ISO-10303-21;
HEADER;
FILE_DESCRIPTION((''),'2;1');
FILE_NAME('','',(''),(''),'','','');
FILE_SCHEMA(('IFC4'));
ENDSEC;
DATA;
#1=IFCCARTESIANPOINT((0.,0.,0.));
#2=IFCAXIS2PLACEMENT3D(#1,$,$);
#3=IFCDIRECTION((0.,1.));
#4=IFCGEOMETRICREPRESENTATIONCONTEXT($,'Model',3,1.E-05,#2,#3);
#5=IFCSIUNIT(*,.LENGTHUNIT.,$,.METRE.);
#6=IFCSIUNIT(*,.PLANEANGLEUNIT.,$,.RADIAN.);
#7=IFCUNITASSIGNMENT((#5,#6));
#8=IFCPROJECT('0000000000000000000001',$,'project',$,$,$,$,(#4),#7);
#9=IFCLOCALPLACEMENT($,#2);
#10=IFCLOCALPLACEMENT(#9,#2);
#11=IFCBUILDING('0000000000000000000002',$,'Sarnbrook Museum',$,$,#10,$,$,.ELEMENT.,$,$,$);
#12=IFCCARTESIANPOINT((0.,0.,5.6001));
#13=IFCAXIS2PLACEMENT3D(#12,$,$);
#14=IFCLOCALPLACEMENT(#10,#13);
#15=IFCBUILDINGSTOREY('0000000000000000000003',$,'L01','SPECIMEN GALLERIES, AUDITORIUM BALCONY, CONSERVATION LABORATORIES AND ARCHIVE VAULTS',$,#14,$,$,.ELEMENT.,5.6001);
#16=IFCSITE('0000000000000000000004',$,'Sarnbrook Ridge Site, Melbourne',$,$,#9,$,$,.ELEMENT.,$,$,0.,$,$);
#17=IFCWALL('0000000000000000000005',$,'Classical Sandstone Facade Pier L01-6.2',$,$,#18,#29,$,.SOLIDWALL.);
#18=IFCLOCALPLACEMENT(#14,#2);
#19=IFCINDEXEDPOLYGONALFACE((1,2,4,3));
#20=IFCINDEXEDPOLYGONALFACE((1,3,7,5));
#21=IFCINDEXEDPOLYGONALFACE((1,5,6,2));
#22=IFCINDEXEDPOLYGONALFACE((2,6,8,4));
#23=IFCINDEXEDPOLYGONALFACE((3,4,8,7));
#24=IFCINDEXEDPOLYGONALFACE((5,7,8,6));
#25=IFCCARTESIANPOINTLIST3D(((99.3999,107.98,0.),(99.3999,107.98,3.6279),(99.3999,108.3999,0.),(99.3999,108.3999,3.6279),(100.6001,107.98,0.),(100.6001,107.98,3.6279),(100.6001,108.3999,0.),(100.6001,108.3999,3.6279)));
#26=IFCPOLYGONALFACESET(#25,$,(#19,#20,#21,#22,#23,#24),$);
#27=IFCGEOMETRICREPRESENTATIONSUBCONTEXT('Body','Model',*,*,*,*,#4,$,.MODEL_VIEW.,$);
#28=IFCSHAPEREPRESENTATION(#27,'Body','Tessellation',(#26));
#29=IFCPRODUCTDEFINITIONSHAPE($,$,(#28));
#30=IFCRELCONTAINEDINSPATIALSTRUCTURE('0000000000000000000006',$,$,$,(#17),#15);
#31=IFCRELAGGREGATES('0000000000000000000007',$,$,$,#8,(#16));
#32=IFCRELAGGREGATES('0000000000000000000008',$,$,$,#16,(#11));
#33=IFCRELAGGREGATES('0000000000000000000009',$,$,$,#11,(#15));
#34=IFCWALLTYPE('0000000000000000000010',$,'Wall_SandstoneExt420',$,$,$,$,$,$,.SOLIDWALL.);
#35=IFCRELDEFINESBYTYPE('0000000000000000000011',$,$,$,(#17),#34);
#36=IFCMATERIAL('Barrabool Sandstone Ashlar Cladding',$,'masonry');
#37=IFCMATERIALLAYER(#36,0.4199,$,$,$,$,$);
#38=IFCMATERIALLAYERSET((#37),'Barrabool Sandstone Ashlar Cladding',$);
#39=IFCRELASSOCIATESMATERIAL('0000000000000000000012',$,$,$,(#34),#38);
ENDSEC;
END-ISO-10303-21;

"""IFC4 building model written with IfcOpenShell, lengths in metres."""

from ifc_helpers import new_model, si_unit, direction, frame, frame_2d, origin, place, context, subcontext, project, spatial, rectangle, extrude, material, layer, layer_set, type_object, element, save


model = new_model("IFC4")

# Units and contexts
model_context = context("Model", 3, precision=1e-05, world=origin(), true_north=direction((0.0, 1.0)))
body_context = subcontext(model_context, "Body", "Model", "MODEL_VIEW")
ifc_project = project(units=[si_unit("LENGTHUNIT", "METRE"), si_unit("PLANEANGLEUNIT", "RADIAN")], contexts=[model_context])

# Site, building, storey
site_placement = place(None, origin())
site = spatial("IfcSite", under=ifc_project, at=site_placement, Name="Sarnbrook Ridge Site, Melbourne", CompositionType="ELEMENT", RefElevation=0.0)
building_placement = place(site_placement, origin())
building = spatial("IfcBuilding", under=site, at=building_placement, Name="Sarnbrook Museum", CompositionType="ELEMENT")
storey_placement = place(building_placement, frame((0.0, 0.0, 5.6001)))
storey = spatial("IfcBuildingStorey", under=building, at=storey_placement, Name="L01", Description="SPECIMEN GALLERIES, AUDITORIUM BALCONY, CONSERVATION LABORATORIES AND ARCHIVE VAULTS", CompositionType="ELEMENT", Elevation=5.6001)

# Wall
ifc_material_1 = material(Name="Barrabool Sandstone Ashlar Cladding", Category="masonry")
ifc_layer_1 = layer(ifc_material_1, 0.4199)
ifc_layer_set_1 = layer_set([ifc_layer_1], Name="Barrabool Sandstone Ashlar Cladding")
wall_type_1 = type_object("IfcWallType", Name="Wall_SandstoneExt420", PredefinedType="SOLIDWALL", material=ifc_layer_set_1)
wall_1_placement = place(storey_placement, frame((100.6001, 108.1899, 0.0), z_axis=(0.0, 0.0, 1.0), x_axis=(-1.0, 0.0, 0.0)))
element("IfcWall", 1, at=wall_1_placement, inside=storey, type_object=wall_type_1, Name="Classical Sandstone Facade Pier L01-6.2", PredefinedType="SOLIDWALL", context=body_context, shape_type="SweptSolid", body=[
    extrude(rectangle(XDim=1.2002, YDim=0.4199, at=frame_2d((0.6001, 0.0))), origin(), (0.0, 0.0, 1.0), 3.6279),
])

save(model, "model.ifc")
